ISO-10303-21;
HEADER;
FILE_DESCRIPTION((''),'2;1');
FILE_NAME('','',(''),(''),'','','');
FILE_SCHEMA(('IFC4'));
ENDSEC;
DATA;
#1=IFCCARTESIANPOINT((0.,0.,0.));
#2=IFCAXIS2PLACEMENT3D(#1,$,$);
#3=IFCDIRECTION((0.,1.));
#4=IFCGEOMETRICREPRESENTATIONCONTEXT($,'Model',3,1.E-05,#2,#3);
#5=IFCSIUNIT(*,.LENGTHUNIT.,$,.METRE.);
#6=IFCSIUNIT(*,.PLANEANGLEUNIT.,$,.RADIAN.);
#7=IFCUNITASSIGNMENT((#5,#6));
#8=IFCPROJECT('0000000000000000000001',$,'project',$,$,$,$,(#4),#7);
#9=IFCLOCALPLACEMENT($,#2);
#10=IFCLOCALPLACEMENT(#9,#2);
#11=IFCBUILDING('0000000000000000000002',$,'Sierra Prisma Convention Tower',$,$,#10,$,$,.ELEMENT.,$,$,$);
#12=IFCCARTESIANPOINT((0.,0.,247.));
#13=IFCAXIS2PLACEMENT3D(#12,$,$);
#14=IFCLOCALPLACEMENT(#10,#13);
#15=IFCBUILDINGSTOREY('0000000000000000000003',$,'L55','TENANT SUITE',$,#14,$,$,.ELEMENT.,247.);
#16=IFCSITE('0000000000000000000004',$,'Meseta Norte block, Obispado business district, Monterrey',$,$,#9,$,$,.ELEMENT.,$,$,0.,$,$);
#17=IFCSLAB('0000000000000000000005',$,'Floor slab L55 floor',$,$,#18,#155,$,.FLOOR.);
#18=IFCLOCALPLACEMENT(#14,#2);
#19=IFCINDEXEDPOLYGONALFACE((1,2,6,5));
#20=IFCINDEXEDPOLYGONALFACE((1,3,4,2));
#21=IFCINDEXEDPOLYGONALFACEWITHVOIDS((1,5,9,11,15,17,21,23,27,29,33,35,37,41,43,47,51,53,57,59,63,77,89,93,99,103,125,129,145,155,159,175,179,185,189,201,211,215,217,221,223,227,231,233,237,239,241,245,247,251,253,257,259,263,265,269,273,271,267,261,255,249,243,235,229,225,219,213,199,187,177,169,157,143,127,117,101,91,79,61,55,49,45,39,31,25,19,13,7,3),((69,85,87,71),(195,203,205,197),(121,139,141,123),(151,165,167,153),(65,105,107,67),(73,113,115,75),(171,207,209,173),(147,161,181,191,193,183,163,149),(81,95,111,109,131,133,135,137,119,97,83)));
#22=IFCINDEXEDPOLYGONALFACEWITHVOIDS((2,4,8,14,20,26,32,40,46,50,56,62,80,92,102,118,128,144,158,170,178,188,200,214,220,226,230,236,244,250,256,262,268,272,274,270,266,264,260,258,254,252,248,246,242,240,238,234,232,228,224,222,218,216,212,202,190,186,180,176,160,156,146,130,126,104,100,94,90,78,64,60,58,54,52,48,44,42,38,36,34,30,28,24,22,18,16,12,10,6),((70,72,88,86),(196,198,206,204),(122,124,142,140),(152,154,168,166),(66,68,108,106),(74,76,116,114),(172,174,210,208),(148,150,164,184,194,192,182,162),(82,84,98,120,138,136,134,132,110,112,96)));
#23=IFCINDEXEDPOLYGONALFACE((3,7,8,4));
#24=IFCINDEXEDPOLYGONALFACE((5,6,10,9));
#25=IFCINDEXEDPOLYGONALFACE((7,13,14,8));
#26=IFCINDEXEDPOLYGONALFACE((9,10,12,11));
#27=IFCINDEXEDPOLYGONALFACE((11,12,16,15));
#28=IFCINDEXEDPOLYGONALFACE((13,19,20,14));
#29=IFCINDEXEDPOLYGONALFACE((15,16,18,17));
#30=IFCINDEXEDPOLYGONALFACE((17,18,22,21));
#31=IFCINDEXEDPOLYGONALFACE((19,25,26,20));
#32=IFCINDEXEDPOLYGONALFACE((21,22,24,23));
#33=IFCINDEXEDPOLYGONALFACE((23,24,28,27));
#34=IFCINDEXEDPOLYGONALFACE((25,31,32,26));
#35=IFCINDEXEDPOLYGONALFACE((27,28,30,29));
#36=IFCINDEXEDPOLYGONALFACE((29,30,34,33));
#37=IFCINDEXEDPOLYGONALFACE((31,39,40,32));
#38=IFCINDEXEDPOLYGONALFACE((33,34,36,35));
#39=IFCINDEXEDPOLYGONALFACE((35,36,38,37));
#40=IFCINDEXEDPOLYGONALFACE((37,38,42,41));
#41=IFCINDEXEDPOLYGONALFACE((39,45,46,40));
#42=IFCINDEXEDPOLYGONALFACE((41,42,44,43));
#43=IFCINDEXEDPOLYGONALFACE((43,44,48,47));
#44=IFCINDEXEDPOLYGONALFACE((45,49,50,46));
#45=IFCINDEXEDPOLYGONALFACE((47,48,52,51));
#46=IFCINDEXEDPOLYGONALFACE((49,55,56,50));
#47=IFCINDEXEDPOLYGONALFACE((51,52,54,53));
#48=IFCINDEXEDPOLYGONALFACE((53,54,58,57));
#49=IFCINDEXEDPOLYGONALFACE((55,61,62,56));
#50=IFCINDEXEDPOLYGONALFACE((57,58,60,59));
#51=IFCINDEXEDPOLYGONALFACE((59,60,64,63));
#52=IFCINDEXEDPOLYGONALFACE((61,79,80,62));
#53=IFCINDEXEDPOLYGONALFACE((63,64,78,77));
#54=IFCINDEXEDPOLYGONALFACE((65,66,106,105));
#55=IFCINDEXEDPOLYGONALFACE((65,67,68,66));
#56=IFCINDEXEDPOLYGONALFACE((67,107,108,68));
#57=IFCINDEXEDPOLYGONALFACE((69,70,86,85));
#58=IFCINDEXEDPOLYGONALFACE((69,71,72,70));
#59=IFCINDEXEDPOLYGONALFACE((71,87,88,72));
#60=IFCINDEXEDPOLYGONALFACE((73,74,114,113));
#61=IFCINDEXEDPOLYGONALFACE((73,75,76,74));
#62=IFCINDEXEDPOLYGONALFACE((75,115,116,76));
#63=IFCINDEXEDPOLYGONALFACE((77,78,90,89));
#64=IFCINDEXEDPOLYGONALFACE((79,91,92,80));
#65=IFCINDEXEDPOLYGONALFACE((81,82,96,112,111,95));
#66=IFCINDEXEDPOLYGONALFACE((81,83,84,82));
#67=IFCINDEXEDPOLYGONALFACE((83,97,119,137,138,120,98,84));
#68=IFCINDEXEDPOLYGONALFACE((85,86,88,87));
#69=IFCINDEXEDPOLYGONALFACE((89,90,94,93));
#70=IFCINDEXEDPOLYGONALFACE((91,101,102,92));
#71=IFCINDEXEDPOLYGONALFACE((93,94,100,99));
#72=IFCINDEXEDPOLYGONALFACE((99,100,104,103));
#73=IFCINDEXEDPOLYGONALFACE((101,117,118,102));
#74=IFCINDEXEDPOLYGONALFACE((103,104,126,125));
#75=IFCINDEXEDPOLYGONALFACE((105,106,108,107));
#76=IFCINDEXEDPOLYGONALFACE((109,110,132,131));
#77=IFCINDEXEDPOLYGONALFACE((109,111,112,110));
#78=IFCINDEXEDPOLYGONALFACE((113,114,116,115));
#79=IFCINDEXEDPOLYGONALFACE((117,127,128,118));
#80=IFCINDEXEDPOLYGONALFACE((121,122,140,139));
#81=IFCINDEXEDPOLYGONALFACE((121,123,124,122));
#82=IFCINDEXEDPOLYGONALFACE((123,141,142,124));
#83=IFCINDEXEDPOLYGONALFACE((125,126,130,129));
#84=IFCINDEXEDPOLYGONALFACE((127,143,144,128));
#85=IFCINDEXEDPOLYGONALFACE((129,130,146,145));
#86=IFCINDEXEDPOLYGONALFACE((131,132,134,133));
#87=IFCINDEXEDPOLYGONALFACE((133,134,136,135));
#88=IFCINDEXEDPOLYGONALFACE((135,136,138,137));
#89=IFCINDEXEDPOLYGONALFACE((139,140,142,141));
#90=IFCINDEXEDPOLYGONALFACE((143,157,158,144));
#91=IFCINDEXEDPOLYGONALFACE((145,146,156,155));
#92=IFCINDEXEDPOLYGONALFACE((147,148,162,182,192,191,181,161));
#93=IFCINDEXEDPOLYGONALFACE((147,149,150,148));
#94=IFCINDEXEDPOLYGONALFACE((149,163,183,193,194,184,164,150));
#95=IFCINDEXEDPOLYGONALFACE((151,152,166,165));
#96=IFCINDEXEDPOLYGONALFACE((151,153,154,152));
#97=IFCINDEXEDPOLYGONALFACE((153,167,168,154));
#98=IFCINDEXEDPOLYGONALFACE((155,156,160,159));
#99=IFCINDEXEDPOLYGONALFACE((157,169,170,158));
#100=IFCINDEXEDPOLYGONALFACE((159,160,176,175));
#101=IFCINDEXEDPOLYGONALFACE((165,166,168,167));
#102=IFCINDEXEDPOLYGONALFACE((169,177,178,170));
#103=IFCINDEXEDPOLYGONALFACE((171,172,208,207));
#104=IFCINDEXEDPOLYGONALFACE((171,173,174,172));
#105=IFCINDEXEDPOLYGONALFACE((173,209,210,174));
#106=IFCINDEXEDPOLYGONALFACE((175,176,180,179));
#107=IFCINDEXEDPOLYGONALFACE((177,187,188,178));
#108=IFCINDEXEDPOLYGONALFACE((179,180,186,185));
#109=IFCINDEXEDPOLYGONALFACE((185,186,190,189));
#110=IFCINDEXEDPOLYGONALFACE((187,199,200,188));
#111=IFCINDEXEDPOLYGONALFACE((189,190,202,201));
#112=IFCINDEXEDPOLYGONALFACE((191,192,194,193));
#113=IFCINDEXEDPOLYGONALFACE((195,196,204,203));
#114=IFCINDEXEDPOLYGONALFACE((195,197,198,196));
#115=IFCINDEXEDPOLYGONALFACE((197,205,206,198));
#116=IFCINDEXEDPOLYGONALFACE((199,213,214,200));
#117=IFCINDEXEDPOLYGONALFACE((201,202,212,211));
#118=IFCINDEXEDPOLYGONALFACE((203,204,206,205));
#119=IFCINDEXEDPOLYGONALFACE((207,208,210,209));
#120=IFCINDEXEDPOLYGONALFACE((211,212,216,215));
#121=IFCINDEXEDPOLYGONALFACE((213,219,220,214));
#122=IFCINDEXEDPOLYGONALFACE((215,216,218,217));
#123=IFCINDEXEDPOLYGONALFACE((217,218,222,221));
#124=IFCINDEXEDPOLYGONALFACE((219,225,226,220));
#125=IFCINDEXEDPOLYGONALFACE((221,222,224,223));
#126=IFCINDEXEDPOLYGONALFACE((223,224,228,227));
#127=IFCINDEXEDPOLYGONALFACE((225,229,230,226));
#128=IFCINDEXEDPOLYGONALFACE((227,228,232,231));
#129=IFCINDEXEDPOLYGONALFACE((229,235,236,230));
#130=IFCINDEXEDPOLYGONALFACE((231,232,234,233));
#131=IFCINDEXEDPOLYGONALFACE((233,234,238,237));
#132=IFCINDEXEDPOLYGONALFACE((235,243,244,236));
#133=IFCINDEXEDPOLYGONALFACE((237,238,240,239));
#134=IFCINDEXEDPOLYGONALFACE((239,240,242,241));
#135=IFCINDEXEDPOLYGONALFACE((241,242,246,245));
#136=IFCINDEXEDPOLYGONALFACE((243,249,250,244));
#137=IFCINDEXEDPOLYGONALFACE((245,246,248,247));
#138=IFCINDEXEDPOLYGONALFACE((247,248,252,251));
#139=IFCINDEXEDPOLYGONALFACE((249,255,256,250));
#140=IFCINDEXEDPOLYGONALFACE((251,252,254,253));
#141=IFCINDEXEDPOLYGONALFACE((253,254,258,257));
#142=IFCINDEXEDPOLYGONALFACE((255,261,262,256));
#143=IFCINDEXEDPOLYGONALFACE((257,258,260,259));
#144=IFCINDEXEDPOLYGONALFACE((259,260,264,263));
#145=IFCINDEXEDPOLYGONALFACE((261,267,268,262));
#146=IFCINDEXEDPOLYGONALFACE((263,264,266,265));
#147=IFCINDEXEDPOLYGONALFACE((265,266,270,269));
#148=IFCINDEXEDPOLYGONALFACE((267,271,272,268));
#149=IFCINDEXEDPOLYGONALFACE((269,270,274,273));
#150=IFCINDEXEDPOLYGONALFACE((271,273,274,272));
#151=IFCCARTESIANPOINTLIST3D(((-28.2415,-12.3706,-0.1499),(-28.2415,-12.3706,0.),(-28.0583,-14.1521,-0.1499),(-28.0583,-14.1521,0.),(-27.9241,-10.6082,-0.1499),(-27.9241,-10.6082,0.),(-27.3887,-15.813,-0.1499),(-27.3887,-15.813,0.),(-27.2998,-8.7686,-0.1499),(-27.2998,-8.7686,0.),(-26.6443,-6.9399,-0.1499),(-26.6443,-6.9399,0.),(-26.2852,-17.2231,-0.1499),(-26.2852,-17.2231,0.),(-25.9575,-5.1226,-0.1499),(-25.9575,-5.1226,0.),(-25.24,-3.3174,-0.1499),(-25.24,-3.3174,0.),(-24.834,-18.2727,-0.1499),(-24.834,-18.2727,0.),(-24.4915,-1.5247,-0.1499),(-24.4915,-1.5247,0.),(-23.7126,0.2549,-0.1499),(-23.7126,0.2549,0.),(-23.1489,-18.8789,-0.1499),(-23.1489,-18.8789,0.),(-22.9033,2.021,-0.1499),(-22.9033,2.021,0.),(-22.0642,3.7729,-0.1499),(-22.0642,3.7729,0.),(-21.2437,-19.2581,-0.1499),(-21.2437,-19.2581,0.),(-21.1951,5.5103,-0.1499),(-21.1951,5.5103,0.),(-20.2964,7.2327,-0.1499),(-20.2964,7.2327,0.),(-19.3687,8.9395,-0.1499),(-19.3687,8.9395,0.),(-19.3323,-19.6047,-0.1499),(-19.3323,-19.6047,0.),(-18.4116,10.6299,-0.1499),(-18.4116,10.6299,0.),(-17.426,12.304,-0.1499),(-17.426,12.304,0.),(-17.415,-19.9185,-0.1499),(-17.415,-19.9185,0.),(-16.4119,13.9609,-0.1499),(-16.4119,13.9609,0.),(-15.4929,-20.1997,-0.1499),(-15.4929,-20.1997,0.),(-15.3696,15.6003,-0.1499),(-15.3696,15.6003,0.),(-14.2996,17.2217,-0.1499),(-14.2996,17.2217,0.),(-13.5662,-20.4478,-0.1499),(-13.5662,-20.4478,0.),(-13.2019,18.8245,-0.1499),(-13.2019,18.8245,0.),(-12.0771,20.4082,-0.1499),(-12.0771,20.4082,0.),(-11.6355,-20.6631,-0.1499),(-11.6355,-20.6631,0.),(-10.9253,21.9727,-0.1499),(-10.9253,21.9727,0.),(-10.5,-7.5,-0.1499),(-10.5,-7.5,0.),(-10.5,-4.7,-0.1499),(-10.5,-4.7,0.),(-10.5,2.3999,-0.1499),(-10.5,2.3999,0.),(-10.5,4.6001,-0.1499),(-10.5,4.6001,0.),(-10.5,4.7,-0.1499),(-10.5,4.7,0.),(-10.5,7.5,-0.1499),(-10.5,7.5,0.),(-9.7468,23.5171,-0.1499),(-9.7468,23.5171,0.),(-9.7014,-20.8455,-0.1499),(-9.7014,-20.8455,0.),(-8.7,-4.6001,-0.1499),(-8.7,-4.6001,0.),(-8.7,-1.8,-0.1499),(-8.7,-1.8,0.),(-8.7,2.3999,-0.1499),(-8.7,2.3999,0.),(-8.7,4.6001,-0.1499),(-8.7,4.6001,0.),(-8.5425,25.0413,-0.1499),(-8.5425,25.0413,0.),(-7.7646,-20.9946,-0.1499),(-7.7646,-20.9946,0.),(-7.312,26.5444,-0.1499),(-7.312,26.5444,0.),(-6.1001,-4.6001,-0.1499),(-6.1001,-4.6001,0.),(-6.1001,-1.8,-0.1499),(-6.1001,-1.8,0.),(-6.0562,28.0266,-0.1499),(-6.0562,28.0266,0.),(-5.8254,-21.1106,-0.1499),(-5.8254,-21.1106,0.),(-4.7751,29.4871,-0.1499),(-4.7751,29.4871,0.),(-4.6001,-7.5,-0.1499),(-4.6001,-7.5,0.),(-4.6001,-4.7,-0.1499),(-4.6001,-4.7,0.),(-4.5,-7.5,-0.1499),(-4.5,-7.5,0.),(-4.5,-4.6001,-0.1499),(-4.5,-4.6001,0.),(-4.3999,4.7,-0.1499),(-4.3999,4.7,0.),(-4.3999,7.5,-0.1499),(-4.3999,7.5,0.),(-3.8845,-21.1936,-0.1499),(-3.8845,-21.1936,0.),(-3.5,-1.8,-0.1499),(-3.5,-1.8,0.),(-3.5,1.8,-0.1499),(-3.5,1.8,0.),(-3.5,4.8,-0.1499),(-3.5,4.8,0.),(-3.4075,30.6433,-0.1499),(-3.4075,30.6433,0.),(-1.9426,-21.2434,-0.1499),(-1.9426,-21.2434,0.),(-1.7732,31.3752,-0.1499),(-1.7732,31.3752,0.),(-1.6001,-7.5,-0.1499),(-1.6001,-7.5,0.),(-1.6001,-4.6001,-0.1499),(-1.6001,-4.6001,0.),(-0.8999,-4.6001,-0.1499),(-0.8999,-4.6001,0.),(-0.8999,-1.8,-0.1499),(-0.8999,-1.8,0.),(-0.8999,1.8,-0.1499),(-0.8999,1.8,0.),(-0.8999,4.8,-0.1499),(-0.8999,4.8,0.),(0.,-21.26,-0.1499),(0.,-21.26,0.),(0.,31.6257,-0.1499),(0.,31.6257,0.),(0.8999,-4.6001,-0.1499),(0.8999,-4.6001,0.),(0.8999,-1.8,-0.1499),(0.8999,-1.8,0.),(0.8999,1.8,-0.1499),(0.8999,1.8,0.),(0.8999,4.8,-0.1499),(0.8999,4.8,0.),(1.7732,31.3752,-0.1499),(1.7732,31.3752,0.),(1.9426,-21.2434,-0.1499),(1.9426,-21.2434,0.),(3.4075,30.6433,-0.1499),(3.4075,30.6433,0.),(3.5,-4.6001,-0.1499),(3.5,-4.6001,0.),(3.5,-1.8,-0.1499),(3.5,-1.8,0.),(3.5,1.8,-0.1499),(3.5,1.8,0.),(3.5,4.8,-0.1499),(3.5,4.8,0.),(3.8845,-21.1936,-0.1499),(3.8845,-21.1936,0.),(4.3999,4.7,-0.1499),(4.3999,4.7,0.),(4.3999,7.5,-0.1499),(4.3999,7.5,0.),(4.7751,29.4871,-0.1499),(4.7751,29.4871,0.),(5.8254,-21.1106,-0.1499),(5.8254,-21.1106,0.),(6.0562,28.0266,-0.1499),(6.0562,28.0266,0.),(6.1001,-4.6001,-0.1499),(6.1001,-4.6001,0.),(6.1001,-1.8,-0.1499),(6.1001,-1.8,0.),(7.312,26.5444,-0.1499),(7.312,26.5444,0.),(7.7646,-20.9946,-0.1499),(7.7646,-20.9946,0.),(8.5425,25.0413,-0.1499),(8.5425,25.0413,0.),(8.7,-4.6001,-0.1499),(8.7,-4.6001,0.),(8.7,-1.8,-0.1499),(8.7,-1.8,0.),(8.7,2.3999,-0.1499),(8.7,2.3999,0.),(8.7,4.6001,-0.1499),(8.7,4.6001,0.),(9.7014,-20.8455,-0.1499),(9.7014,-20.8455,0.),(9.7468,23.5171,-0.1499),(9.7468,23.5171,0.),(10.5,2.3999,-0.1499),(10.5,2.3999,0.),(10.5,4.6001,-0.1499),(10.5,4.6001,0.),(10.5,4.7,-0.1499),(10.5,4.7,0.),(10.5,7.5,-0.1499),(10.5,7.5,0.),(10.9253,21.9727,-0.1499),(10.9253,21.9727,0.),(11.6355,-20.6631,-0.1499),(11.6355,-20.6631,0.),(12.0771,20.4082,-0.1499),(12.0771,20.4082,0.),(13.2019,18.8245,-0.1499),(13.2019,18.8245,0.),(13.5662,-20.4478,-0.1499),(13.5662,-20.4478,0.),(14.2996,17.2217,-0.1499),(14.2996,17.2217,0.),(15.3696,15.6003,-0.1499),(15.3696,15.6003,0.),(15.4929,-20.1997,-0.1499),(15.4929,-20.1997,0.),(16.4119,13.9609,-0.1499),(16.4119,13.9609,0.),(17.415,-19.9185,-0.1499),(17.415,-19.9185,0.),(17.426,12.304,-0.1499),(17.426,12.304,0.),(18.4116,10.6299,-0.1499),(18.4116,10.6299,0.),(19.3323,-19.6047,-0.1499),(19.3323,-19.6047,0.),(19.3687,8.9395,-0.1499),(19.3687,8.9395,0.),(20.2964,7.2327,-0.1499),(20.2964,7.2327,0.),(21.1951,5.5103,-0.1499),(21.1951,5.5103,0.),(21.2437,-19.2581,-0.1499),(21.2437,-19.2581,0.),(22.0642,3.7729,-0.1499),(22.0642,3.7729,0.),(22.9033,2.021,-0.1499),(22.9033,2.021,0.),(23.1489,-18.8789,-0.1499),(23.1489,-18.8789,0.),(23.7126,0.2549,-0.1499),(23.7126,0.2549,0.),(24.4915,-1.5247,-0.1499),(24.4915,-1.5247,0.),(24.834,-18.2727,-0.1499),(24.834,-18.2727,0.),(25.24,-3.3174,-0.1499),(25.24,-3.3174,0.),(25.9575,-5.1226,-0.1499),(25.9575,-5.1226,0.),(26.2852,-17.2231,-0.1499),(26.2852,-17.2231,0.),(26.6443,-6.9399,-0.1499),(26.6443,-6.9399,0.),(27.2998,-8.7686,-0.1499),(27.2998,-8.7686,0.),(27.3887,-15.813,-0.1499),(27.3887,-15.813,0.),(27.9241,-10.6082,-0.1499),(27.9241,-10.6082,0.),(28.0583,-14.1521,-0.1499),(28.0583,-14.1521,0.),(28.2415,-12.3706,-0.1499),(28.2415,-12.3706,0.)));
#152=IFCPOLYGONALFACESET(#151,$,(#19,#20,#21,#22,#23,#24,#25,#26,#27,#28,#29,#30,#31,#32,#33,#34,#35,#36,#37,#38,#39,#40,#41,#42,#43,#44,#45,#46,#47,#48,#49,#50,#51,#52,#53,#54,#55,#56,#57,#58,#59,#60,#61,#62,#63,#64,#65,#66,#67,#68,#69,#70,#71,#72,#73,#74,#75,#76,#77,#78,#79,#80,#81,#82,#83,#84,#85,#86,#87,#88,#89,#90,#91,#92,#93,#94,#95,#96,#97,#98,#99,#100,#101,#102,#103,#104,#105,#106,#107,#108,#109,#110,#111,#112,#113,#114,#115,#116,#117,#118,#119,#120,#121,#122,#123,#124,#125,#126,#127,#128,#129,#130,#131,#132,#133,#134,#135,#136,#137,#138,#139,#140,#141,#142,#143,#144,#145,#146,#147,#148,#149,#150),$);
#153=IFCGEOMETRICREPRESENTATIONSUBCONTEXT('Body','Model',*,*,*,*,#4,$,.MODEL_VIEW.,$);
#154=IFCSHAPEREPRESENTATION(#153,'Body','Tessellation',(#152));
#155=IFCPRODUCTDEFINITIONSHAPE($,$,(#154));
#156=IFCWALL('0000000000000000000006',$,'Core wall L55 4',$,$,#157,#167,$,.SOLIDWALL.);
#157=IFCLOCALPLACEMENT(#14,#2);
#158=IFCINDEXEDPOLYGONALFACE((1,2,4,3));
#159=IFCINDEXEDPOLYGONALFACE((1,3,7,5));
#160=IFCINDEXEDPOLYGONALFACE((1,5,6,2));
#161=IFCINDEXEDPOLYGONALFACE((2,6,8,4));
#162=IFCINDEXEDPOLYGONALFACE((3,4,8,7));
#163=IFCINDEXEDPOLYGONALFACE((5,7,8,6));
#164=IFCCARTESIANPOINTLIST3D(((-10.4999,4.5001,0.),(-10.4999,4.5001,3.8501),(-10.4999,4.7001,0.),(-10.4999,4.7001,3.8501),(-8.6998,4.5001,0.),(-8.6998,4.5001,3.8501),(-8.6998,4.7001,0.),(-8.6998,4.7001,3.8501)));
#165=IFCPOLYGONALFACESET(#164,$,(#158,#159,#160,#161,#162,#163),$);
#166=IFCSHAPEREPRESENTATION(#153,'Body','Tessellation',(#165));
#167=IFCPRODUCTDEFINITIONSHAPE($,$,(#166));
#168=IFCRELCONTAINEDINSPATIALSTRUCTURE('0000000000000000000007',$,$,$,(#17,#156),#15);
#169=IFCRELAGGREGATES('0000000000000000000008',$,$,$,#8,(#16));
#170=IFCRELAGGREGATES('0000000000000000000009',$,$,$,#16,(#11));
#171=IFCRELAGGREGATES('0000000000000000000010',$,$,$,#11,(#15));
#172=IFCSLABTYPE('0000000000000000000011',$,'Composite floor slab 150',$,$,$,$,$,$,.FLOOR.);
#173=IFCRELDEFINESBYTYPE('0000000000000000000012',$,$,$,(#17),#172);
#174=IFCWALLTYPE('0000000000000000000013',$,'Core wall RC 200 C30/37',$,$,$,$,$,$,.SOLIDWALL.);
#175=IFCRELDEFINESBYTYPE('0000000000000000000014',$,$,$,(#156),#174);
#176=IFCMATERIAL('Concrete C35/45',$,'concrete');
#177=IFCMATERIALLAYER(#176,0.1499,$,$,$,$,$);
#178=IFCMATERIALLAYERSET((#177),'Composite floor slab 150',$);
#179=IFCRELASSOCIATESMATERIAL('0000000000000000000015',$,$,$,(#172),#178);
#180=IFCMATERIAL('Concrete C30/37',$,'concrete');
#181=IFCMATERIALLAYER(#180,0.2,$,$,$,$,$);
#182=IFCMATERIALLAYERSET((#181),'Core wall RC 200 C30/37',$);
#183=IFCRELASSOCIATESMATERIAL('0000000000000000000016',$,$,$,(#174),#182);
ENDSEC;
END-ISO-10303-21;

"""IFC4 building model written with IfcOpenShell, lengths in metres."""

from ifc_helpers import new_model, si_unit, direction, frame, frame_2d, origin, place, context, subcontext, project, spatial, polyline, rectangle, outline, extrude, material, layer, layer_set, type_object, element, save


model = new_model("IFC4")

# Units and contexts
model_context = context("Model", 3, precision=1e-05, world=origin(), true_north=direction((0.0, 1.0)))
body_context = subcontext(model_context, "Body", "Model", "MODEL_VIEW")
ifc_project = project(units=[si_unit("LENGTHUNIT", "METRE"), si_unit("PLANEANGLEUNIT", "RADIAN")], contexts=[model_context])

# Site, building, storey
site_placement = place(None, origin())
site = spatial("IfcSite", under=ifc_project, at=site_placement, Name="Meseta Norte block, Obispado business district, Monterrey", CompositionType="ELEMENT", RefElevation=0.0)
building_placement = place(site_placement, origin())
building = spatial("IfcBuilding", under=site, at=building_placement, Name="Sierra Prisma Convention Tower", CompositionType="ELEMENT")
storey_placement = place(building_placement, frame((0.0, 0.0, 247.0)))
storey = spatial("IfcBuildingStorey", under=building, at=storey_placement, Name="L55", Description="TENANT SUITE", CompositionType="ELEMENT", Elevation=247.0)

# Slab
ifc_material_1 = material(Name="Concrete C35/45", Category="concrete")
ifc_layer_1 = layer(ifc_material_1, 0.1499)
ifc_layer_set_1 = layer_set([ifc_layer_1], Name="Composite floor slab 150")
slab_type = type_object("IfcSlabType", Name="Composite floor slab 150", PredefinedType="FLOOR", material=ifc_layer_set_1)
slab_placement = place(storey_placement, frame((0.0, 0.0, -0.1499)))
element("IfcSlab", 1, at=slab_placement, inside=storey, type_object=slab_type, Name="Floor slab L55 floor", PredefinedType="FLOOR", context=body_context, shape_type="SweptSolid", body=[
    extrude(outline(polyline([(-23.1489, -18.8789), (-21.2437, -19.2581), (-19.3323, -19.6047), (-17.415, -19.9185), (-15.4929, -20.1997), (-13.5662, -20.4478), (-11.6355, -20.6631), (-9.7014, -20.8455), (-7.7646, -20.9946), (-5.8254, -21.1106), (-3.8845, -21.1936), (-1.9426, -21.2434), (0.0, -21.26), (1.9426, -21.2434), (3.8845, -21.1936), (5.8254, -21.1106), (7.7646, -20.9946), (9.7014, -20.8455), (11.6355, -20.6631), (13.5662, -20.4478), (15.4929, -20.1997), (17.415, -19.9185), (19.3323, -19.6047), (21.2437, -19.2581), (23.1489, -18.8789), (24.834, -18.2727), (26.2852, -17.2231), (27.3887, -15.813), (28.0583, -14.1521), (28.2415, -12.3706), (27.9241, -10.6082), (27.2998, -8.7686), (26.6443, -6.9399), (25.9575, -5.1226), (25.24, -3.3174), (24.4915, -1.5247), (23.7126, 0.2549), (22.9033, 2.021), (22.0642, 3.7729), (21.1951, 5.5103), (20.2964, 7.2327), (19.3687, 8.9395), (18.4116, 10.6299), (17.426, 12.304), (16.4119, 13.9609), (15.3696, 15.6003), (14.2996, 17.2217), (13.2019, 18.8245), (12.0771, 20.4082), (10.9253, 21.9727), (9.7468, 23.5171), (8.5425, 25.0413), (7.312, 26.5444), (6.0562, 28.0266), (4.7751, 29.4871), (3.4075, 30.6433), (1.7732, 31.3752), (0.0, 31.6257), (-1.7732, 31.3752), (-3.4075, 30.6433), (-4.7751, 29.4871), (-6.0562, 28.0266), (-7.312, 26.5444), (-8.5425, 25.0413), (-9.7468, 23.5171), (-10.9253, 21.9727), (-12.0771, 20.4082), (-13.2019, 18.8245), (-14.2996, 17.2217), (-15.3696, 15.6003), (-16.4119, 13.9609), (-17.426, 12.304), (-18.4116, 10.6299), (-19.3687, 8.9395), (-20.2964, 7.2327), (-21.1951, 5.5103), (-22.0642, 3.7729), (-22.9033, 2.021), (-23.7126, 0.2549), (-24.4915, -1.5247), (-25.24, -3.3174), (-25.9575, -5.1226), (-26.6443, -6.9399), (-27.2998, -8.7686), (-27.9241, -10.6082), (-28.2415, -12.3706), (-28.0583, -14.1521), (-27.3887, -15.813), (-26.2852, -17.2231), (-24.834, -18.2727), (-23.1489, -18.8789)]), holes=[polyline([(-4.6001, -4.7), (-4.6001, -7.5), (-10.5, -7.5), (-10.5, -4.7), (-4.6001, -4.7)]), polyline([(-4.5, -7.5), (-4.5, -4.6001), (-6.1001, -4.6001), (-8.7, -4.6001), (-8.7, -1.8), (-6.1001, -1.8), (-3.5, -1.8), (-0.8999, -1.8), (-0.8999, -4.6001), (-1.6001, -4.6001), (-1.6001, -7.5), (-4.5, -7.5)]), polyline([(-8.7, 2.3999), (-10.5, 2.3999), (-10.5, 4.6001), (-8.7, 4.6001), (-8.7, 2.3999)]), polyline([(-4.3999, 4.7), (-10.5, 4.7), (-10.5, 7.5), (-4.3999, 7.5), (-4.3999, 4.7)]), polyline([(3.5, -1.8), (6.1001, -1.8), (8.7, -1.8), (8.7, -4.6001), (6.1001, -4.6001), (3.5, -4.6001), (0.8999, -4.6001), (0.8999, -1.8), (3.5, -1.8)]), polyline([(-0.8999, 1.8), (-3.5, 1.8), (-3.5, 4.8), (-0.8999, 4.8), (-0.8999, 1.8)]), polyline([(3.5, 1.8), (0.8999, 1.8), (0.8999, 4.8), (3.5, 4.8), (3.5, 1.8)]), polyline([(10.5, 2.3999), (8.7, 2.3999), (8.7, 4.6001), (10.5, 4.6001), (10.5, 2.3999)]), polyline([(10.5, 4.7), (4.3999, 4.7), (4.3999, 7.5), (10.5, 7.5), (10.5, 4.7)])]), origin(), (0.0, 0.0, 1.0), 0.1499),
])

# Shared definitions
ifc_material_2 = material(Name="Concrete C30/37", Category="concrete")
ifc_layer_2 = layer(ifc_material_2, 0.2)
ifc_layer_set_2 = layer_set([ifc_layer_2], Name="Core wall RC 200 C30/37")
wall_type = type_object("IfcWallType", Name="Core wall RC 200 C30/37", PredefinedType="SOLIDWALL", material=ifc_layer_set_2)

# Wall
wall_1_placement = place(storey_placement, frame((-8.7, 4.6001, 0.0), z_axis=(0.0, 0.0, 1.0), x_axis=(-1.0, 0.0, 0.0)))
element("IfcWall", 2, at=wall_1_placement, inside=storey, type_object=wall_type, Name="Core wall L55 4", PredefinedType="SOLIDWALL", context=body_context, shape_type="SweptSolid", body=[
    extrude(rectangle(XDim=1.8, YDim=0.2, at=frame_2d((0.8999, 0.0))), origin(), (0.0, 0.0, 1.0), 3.8501),
])

save(model, "model.ifc")
